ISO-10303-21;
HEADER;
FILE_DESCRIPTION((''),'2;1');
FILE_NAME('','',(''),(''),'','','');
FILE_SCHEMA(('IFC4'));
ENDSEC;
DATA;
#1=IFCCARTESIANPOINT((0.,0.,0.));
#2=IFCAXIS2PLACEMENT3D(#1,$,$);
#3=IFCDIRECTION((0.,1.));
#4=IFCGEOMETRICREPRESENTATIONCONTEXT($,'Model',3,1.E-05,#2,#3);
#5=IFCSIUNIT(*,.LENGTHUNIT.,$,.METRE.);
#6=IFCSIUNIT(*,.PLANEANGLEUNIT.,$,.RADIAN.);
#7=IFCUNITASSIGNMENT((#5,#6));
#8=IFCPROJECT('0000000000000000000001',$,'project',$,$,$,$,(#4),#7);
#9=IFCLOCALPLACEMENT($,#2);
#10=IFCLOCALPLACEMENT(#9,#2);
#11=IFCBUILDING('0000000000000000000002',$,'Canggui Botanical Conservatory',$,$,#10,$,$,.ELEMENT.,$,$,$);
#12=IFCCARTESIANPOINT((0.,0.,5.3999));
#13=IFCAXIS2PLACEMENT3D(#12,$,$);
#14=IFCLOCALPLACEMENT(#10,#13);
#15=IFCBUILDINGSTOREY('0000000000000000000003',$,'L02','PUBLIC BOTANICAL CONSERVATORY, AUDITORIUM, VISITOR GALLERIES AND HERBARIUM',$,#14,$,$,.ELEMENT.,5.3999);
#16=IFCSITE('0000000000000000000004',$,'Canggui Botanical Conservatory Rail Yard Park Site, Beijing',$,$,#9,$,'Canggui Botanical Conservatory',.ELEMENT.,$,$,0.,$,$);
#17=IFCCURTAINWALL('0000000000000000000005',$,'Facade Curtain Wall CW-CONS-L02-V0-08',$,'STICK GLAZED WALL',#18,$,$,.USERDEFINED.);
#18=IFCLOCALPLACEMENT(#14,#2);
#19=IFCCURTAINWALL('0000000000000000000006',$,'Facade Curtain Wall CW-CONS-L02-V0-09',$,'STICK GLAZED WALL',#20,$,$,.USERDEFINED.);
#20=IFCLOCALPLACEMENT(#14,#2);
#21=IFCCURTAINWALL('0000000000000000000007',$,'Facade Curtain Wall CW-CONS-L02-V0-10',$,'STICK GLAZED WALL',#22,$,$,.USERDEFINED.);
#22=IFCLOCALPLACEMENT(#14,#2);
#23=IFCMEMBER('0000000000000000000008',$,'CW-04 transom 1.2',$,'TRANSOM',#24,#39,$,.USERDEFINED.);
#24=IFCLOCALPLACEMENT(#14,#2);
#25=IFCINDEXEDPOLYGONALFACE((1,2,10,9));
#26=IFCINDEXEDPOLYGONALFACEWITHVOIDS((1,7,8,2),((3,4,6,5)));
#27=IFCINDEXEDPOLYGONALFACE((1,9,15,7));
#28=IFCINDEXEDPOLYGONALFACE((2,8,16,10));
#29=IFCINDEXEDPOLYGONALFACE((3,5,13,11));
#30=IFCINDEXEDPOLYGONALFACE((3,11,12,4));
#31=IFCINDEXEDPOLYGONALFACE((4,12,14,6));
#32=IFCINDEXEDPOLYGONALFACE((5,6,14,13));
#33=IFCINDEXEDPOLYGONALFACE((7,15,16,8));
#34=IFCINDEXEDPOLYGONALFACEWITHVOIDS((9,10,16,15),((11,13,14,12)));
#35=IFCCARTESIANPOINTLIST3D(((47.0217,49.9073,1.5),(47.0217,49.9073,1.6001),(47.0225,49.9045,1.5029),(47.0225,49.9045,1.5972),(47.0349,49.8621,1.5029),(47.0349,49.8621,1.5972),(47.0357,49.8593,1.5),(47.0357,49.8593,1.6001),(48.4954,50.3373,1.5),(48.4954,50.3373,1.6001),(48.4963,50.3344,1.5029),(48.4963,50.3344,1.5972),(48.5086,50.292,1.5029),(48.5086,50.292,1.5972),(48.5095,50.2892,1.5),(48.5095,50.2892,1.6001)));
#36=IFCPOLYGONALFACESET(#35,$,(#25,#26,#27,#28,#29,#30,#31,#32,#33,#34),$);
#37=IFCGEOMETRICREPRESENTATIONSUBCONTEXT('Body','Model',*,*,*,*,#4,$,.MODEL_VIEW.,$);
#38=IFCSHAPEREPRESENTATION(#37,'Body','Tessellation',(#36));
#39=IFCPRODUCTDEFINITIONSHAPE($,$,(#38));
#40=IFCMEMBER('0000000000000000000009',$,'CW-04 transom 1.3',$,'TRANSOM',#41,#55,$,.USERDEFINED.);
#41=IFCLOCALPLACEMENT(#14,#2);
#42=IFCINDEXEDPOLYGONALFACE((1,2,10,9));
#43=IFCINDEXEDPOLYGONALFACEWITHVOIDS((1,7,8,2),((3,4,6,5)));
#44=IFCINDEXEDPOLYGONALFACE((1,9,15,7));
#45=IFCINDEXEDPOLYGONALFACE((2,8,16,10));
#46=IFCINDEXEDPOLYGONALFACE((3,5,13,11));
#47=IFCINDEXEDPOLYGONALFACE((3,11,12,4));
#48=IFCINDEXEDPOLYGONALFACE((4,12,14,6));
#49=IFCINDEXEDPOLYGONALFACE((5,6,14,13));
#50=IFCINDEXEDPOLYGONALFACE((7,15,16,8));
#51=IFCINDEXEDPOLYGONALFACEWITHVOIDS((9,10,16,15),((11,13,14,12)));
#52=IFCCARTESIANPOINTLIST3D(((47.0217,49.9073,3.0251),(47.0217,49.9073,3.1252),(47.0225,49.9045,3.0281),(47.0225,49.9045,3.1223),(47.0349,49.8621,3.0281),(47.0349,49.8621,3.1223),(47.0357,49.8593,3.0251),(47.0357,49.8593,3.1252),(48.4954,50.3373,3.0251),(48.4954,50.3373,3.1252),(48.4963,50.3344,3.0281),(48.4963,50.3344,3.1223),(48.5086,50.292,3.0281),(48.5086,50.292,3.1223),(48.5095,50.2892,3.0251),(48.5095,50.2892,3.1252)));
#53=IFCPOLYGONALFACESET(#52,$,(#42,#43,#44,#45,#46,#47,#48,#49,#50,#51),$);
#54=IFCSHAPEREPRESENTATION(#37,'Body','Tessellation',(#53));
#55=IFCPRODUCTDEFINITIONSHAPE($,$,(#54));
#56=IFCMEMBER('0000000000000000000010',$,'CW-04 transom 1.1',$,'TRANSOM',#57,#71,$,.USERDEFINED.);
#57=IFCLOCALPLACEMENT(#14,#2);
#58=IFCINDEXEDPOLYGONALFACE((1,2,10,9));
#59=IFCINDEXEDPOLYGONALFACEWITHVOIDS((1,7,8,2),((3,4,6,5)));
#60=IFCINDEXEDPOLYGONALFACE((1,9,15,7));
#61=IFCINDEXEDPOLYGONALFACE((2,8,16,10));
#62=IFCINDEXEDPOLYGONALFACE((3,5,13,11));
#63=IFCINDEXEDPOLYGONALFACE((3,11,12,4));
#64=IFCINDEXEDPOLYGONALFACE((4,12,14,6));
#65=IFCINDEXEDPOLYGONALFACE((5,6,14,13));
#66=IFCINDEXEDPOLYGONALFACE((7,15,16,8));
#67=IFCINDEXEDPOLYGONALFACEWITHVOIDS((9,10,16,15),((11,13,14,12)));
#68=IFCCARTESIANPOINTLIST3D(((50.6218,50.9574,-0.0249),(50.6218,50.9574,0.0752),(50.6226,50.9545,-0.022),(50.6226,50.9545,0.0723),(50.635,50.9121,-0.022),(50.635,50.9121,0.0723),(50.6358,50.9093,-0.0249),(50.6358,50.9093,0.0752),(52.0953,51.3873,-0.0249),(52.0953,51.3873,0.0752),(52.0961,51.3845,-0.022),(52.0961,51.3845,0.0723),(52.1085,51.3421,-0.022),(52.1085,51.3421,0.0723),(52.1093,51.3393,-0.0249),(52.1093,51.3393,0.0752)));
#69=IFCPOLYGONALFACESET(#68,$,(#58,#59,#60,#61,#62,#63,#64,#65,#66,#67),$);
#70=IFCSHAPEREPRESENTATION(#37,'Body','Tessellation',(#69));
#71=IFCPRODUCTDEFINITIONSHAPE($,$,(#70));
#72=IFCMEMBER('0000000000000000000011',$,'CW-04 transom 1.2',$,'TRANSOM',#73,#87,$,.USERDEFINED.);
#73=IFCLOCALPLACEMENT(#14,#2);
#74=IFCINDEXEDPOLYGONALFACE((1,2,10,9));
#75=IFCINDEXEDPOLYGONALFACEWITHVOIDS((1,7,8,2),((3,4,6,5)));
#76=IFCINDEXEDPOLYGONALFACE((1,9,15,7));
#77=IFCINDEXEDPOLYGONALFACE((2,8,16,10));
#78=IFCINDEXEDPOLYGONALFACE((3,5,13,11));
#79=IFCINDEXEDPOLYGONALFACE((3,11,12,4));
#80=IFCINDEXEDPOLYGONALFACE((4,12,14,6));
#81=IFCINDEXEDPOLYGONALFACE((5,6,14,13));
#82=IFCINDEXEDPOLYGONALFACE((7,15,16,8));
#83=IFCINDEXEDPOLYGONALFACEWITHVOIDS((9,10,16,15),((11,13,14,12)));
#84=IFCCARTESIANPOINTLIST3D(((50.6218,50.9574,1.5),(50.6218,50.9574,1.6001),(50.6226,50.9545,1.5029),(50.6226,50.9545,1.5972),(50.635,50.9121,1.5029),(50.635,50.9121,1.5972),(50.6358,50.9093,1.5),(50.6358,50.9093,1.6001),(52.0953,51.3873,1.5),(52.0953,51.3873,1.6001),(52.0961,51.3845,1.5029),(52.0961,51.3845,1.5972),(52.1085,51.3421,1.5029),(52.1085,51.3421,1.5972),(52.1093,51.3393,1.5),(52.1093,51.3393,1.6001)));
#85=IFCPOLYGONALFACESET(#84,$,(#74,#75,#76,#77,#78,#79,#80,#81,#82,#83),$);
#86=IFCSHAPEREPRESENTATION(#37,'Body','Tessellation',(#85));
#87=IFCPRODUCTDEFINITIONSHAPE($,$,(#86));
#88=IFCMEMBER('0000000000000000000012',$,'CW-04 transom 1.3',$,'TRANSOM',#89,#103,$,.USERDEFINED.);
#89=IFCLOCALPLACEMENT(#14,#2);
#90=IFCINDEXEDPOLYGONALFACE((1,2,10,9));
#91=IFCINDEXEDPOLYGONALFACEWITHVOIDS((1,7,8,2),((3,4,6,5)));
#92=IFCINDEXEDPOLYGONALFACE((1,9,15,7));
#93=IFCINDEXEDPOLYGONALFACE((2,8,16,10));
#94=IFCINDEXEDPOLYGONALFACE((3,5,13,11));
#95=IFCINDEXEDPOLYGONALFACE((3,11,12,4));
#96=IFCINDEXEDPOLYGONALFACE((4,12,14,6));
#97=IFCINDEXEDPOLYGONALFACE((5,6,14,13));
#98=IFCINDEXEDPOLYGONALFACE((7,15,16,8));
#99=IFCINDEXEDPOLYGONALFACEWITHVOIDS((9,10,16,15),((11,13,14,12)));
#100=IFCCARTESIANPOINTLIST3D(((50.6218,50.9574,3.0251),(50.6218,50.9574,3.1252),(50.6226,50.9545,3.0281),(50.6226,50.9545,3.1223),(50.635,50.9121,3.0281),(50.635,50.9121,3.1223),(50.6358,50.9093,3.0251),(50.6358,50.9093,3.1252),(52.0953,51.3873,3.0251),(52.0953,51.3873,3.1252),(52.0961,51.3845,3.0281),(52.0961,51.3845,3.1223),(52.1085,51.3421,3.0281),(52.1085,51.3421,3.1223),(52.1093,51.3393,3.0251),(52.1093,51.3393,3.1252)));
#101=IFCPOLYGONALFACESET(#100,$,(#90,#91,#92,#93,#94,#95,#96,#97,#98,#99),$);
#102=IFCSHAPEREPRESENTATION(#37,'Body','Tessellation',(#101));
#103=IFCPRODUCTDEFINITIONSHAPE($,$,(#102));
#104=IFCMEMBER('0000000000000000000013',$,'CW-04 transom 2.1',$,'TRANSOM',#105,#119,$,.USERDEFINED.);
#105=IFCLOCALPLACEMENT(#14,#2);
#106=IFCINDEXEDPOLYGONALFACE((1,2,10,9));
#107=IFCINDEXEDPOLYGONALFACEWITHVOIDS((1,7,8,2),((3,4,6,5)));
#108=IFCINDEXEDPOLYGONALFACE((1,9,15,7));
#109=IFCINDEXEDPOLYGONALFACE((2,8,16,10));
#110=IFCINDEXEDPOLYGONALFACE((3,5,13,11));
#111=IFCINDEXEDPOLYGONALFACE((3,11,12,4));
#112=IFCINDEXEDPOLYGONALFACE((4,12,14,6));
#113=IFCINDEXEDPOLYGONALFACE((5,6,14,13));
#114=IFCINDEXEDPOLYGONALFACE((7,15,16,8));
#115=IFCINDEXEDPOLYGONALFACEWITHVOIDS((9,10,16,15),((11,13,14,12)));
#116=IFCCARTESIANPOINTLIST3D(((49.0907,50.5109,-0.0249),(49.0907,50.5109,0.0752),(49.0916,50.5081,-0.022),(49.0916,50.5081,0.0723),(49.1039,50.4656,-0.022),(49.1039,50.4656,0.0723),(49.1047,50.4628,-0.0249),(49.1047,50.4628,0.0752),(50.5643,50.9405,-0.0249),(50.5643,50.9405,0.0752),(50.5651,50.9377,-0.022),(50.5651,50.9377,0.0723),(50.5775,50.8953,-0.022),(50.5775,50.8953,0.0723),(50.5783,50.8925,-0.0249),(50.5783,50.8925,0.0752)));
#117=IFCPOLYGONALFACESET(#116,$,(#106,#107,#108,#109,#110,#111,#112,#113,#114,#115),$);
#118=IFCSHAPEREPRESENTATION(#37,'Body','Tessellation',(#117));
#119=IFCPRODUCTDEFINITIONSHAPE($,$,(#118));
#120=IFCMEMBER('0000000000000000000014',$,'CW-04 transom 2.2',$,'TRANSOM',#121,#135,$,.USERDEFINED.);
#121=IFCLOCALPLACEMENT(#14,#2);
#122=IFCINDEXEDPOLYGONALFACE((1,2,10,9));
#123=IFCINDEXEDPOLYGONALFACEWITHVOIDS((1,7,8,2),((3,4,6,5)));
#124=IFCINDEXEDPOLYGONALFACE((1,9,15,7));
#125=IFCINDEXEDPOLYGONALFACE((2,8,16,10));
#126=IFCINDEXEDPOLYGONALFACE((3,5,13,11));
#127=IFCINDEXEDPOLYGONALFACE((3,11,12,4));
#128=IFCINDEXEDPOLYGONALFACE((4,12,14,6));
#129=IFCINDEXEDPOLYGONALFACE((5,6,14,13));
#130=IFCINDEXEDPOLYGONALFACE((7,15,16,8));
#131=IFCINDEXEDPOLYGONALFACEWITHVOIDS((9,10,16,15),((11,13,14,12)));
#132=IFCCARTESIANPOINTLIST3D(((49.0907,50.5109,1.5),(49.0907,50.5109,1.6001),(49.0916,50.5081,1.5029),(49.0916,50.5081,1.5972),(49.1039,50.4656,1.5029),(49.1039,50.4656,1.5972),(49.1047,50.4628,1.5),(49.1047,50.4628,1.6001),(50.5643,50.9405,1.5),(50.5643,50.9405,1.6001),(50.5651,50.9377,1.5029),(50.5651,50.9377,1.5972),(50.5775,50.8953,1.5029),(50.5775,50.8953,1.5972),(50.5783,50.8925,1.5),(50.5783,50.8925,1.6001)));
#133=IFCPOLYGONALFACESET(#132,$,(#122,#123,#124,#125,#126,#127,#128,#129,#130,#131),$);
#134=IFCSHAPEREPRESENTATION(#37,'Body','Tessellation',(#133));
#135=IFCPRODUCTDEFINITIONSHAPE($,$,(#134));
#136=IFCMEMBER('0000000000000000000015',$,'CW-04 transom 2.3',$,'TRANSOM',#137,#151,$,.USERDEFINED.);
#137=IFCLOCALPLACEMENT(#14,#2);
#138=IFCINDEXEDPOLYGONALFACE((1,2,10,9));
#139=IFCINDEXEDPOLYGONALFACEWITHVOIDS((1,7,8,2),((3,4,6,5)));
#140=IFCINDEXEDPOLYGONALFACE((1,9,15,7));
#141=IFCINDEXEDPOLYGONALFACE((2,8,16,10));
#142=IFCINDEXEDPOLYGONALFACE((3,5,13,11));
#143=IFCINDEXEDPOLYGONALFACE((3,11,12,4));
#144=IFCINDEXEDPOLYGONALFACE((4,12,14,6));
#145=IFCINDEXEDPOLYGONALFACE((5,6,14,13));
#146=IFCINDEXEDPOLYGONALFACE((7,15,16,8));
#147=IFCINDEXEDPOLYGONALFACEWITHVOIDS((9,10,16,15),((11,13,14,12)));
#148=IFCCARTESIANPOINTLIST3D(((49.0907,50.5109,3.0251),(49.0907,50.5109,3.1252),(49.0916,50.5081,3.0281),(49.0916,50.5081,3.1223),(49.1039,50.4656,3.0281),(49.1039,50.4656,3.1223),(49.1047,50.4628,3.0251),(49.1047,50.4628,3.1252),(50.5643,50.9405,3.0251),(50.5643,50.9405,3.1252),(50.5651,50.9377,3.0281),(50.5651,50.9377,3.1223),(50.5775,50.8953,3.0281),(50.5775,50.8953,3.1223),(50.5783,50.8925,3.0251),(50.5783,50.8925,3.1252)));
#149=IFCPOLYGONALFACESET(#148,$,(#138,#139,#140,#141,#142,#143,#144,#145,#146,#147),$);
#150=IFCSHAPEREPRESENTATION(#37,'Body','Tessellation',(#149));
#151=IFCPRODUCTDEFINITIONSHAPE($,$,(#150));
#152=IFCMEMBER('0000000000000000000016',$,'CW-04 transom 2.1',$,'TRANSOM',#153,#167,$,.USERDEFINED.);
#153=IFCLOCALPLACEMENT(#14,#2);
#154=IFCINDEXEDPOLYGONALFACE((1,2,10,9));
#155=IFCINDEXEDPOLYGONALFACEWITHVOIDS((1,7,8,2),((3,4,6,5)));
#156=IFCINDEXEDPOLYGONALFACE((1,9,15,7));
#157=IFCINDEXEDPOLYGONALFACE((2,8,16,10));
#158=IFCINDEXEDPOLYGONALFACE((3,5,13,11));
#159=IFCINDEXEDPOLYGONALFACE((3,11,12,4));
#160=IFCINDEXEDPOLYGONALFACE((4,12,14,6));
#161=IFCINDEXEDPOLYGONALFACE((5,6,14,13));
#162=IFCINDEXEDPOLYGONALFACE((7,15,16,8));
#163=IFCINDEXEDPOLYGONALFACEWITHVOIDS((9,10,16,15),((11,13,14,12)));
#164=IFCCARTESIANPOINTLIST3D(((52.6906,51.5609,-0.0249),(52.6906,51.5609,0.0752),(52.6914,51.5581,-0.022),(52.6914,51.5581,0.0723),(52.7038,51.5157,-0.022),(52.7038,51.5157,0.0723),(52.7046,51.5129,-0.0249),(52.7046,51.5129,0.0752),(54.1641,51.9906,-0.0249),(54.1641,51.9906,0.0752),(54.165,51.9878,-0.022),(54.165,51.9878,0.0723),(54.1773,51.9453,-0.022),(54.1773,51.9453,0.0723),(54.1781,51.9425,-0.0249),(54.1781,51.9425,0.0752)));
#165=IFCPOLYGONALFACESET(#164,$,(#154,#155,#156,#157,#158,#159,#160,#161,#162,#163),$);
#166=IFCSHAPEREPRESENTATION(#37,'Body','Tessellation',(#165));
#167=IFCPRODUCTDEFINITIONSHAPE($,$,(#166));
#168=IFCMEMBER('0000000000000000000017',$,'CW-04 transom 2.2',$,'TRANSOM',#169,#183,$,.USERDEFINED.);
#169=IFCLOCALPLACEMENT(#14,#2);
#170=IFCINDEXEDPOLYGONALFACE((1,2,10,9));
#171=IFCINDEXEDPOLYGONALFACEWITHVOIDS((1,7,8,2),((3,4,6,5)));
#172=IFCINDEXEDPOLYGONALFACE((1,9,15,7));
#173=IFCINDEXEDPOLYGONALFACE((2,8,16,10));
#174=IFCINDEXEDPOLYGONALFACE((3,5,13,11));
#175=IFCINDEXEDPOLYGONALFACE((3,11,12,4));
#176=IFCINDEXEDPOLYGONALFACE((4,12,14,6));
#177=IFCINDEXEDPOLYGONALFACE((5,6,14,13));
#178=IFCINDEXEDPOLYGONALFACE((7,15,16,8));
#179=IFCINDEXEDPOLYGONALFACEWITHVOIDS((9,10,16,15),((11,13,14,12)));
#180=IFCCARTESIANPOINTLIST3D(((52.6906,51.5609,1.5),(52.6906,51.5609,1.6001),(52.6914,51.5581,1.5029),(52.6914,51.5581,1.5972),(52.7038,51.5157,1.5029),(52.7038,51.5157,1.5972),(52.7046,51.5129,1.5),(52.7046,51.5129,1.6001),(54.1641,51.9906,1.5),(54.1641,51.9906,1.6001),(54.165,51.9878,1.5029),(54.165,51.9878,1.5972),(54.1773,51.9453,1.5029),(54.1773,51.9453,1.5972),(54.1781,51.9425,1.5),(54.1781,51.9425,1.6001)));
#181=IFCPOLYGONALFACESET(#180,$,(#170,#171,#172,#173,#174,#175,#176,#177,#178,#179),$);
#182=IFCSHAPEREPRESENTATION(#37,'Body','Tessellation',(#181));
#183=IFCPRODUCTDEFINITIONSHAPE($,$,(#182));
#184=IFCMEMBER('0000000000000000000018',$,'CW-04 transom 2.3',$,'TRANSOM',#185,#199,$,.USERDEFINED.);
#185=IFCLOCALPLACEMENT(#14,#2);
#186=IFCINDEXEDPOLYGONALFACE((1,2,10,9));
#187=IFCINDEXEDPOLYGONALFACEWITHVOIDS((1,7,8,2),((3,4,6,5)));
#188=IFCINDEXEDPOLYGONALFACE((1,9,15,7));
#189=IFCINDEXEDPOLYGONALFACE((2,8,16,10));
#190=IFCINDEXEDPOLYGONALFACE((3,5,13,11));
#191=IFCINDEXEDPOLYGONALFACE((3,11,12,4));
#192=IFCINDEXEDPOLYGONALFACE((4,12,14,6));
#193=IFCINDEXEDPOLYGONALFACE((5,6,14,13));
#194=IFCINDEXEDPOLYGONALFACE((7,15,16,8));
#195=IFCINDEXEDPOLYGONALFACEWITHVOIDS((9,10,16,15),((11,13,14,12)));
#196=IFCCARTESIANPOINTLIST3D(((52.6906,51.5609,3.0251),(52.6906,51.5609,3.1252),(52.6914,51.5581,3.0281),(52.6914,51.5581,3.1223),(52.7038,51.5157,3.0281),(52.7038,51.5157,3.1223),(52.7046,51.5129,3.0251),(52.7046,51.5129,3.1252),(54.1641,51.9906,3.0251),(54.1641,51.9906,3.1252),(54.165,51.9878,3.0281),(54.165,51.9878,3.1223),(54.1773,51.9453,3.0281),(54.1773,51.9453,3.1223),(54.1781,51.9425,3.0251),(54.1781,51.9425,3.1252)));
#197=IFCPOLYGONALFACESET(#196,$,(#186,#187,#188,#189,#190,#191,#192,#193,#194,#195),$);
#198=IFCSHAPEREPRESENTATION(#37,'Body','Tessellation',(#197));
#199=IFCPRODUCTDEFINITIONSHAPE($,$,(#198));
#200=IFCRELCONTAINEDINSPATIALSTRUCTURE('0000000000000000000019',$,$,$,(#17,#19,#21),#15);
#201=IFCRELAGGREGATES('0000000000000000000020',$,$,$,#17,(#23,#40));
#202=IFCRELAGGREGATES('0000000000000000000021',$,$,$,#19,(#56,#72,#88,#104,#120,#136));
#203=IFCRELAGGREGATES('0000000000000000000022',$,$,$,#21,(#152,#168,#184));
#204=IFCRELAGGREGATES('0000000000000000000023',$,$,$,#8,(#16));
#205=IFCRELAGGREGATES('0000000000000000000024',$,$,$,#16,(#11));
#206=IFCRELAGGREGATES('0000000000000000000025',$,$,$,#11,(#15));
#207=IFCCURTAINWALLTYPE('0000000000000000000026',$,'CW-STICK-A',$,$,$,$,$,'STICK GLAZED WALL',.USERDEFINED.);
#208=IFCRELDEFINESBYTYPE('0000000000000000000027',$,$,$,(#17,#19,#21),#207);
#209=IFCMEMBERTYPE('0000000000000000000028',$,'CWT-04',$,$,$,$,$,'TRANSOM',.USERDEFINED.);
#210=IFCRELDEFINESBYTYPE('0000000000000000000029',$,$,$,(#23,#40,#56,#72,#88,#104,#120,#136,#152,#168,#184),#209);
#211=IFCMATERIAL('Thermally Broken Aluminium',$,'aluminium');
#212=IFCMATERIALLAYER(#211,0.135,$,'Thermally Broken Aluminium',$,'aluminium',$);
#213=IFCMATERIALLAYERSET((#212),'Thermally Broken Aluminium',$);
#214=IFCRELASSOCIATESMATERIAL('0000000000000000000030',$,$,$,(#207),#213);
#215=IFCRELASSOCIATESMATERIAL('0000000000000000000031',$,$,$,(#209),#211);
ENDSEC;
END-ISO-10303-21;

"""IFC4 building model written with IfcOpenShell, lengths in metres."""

from ifc_helpers import new_model, si_unit, direction, frame, origin, origin_2d, place, context, subcontext, project, spatial, hollow_rectangle, extrude, material, layer, layer_set, material_profile, profile_set, type_object, element, aggregate, save


model = new_model("IFC4")

# Units and contexts
model_context = context("Model", 3, precision=1e-05, world=origin(), true_north=direction((0.0, 1.0)))
body_context = subcontext(model_context, "Body", "Model", "MODEL_VIEW")
ifc_project = project(units=[si_unit("LENGTHUNIT", "METRE"), si_unit("PLANEANGLEUNIT", "RADIAN")], contexts=[model_context])

# Site, building, storey
site_placement = place(None, origin())
site = spatial("IfcSite", under=ifc_project, at=site_placement, Name="Canggui Botanical Conservatory Rail Yard Park Site, Beijing", LongName="Canggui Botanical Conservatory", CompositionType="ELEMENT", RefElevation=0.0)
building_placement = place(site_placement, origin())
building = spatial("IfcBuilding", under=site, at=building_placement, Name="Canggui Botanical Conservatory", CompositionType="ELEMENT")
storey_placement = place(building_placement, frame((0.0, 0.0, 5.3999)))
storey = spatial("IfcBuildingStorey", under=building, at=storey_placement, Name="L02", Description="PUBLIC BOTANICAL CONSERVATORY, AUDITORIUM, VISITOR GALLERIES AND HERBARIUM", CompositionType="ELEMENT", Elevation=5.3999)

# Curtain wall
ifc_material_1 = material(Name="Thermally Broken Aluminium", Category="aluminium")
ifc_layer_1 = layer(ifc_material_1, 0.135, Name="Thermally Broken Aluminium", Category="aluminium")
ifc_layer_set_1 = layer_set([ifc_layer_1], Name="Thermally Broken Aluminium")
curtain_wall_type = type_object("IfcCurtainWallType", Name="CW-STICK-A", ElementType="STICK GLAZED WALL", PredefinedType="USERDEFINED", material=ifc_layer_set_1)
curtain_wall_1_placement = place(storey_placement, origin())
curtain_wall_1 = element("IfcCurtainWall", 1, at=curtain_wall_1_placement, inside=storey, type_object=curtain_wall_type, Name="Facade Curtain Wall CW-CONS-L02-V0-08", ObjectType="STICK GLAZED WALL", PredefinedType="USERDEFINED")

# Curtain walls
curtain_wall_2_placement = place(storey_placement, origin())
curtain_wall_2 = element("IfcCurtainWall", 2, at=curtain_wall_2_placement, inside=storey, type_object=curtain_wall_type, Name="Facade Curtain Wall CW-CONS-L02-V0-09", ObjectType="STICK GLAZED WALL", PredefinedType="USERDEFINED")
curtain_wall_3_placement = place(storey_placement, origin())
curtain_wall_3 = element("IfcCurtainWall", 3, at=curtain_wall_3_placement, inside=storey, type_object=curtain_wall_type, Name="Facade Curtain Wall CW-CONS-L02-V0-10", ObjectType="STICK GLAZED WALL", PredefinedType="USERDEFINED")

# Members
ifc_material_profile_1 = material_profile(ifc_material_1, hollow_rectangle(XDim=0.05, YDim=0.1001, WallThickness=0.0029, at=origin_2d()), Name="CWT 50x100x3")
ifc_profile_set_1 = profile_set([ifc_material_profile_1], Name="Thermally Broken Aluminium")
member_type_1 = type_object("IfcMemberType", Name="CWT-04", ElementType="TRANSOM", PredefinedType="USERDEFINED", material=ifc_profile_set_1)
member_1_placement = place(storey_placement, frame((48.5024, 50.3132, 1.55), z_axis=(-0.959979, -0.280073, 0.0), x_axis=(0.280073, -0.959979, 0.0)))
member_1 = element("IfcMember", 4, at=member_1_placement, type_object=member_type_1, Name="CW-04 transom 1.2", ObjectType="TRANSOM", PredefinedType="USERDEFINED", context=body_context, shape_type="SweptSolid", body=[
    extrude(hollow_rectangle(XDim=0.05, YDim=0.1001, WallThickness=0.0029, at=origin_2d()), origin(), (0.0, 0.0, 1.0), 1.5352),
])
member_2_placement = place(storey_placement, frame((48.5024, 50.3132, 3.0752), z_axis=(-0.959979, -0.280073, 0.0), x_axis=(0.280073, -0.959979, 0.0)))
member_2 = element("IfcMember", 5, at=member_2_placement, type_object=member_type_1, Name="CW-04 transom 1.3", ObjectType="TRANSOM", PredefinedType="USERDEFINED", context=body_context, shape_type="SweptSolid", body=[
    extrude(hollow_rectangle(XDim=0.05, YDim=0.1001, WallThickness=0.0029, at=origin_2d()), origin(), (0.0, 0.0, 1.0), 1.5352),
])
aggregate(curtain_wall_1, [member_1, member_2])
member_3_placement = place(storey_placement, frame((52.1023, 51.3633, 0.0251), z_axis=(-0.959966, -0.280116, 0.0), x_axis=(0.280116, -0.959966, 0.0)))
member_3 = element("IfcMember", 6, at=member_3_placement, type_object=member_type_1, Name="CW-04 transom 1.1", ObjectType="TRANSOM", PredefinedType="USERDEFINED", context=body_context, shape_type="SweptSolid", body=[
    extrude(hollow_rectangle(XDim=0.05, YDim=0.1001, WallThickness=0.0029, at=origin_2d()), origin(), (0.0, 0.0, 1.0), 1.5349),
])
member_4_placement = place(storey_placement, frame((52.1023, 51.3633, 1.55), z_axis=(-0.959966, -0.280116, 0.0), x_axis=(0.280116, -0.959966, 0.0)))
member_4 = element("IfcMember", 7, at=member_4_placement, type_object=member_type_1, Name="CW-04 transom 1.2", ObjectType="TRANSOM", PredefinedType="USERDEFINED", context=body_context, shape_type="SweptSolid", body=[
    extrude(hollow_rectangle(XDim=0.05, YDim=0.1001, WallThickness=0.0029, at=origin_2d()), origin(), (0.0, 0.0, 1.0), 1.5349),
])
member_5_placement = place(storey_placement, frame((52.1023, 51.3633, 3.0752), z_axis=(-0.959966, -0.280116, 0.0), x_axis=(0.280116, -0.959966, 0.0)))
member_5 = element("IfcMember", 8, at=member_5_placement, type_object=member_type_1, Name="CW-04 transom 1.3", ObjectType="TRANSOM", PredefinedType="USERDEFINED", context=body_context, shape_type="SweptSolid", body=[
    extrude(hollow_rectangle(XDim=0.05, YDim=0.1001, WallThickness=0.0029, at=origin_2d()), origin(), (0.0, 0.0, 1.0), 1.5349),
])
member_6_placement = place(storey_placement, frame((50.5713, 50.9165, 0.0251), z_axis=(-0.960021, -0.279927, 0.0), x_axis=(0.279927, -0.960021, 0.0)))
member_6 = element("IfcMember", 9, at=member_6_placement, type_object=member_type_1, Name="CW-04 transom 2.1", ObjectType="TRANSOM", PredefinedType="USERDEFINED", context=body_context, shape_type="SweptSolid", body=[
    extrude(hollow_rectangle(XDim=0.05, YDim=0.1001, WallThickness=0.0029, at=origin_2d()), origin(), (0.0, 0.0, 1.0), 1.5349),
])
member_7_placement = place(storey_placement, frame((50.5713, 50.9165, 1.55), z_axis=(-0.960021, -0.279927, 0.0), x_axis=(0.279927, -0.960021, 0.0)))
member_7 = element("IfcMember", 10, at=member_7_placement, type_object=member_type_1, Name="CW-04 transom 2.2", ObjectType="TRANSOM", PredefinedType="USERDEFINED", context=body_context, shape_type="SweptSolid", body=[
    extrude(hollow_rectangle(XDim=0.05, YDim=0.1001, WallThickness=0.0029, at=origin_2d()), origin(), (0.0, 0.0, 1.0), 1.5349),
])
member_8_placement = place(storey_placement, frame((50.5713, 50.9165, 3.0752), z_axis=(-0.960021, -0.279927, 0.0), x_axis=(0.279927, -0.960021, 0.0)))
member_8 = element("IfcMember", 11, at=member_8_placement, type_object=member_type_1, Name="CW-04 transom 2.3", ObjectType="TRANSOM", PredefinedType="USERDEFINED", context=body_context, shape_type="SweptSolid", body=[
    extrude(hollow_rectangle(XDim=0.05, YDim=0.1001, WallThickness=0.0029, at=origin_2d()), origin(), (0.0, 0.0, 1.0), 1.5349),
])
member_9_placement = place(storey_placement, frame((54.1711, 51.9666, 0.0251), z_axis=(-0.960021, -0.279927, 0.0), x_axis=(0.279927, -0.960021, 0.0)))
member_9 = element("IfcMember", 12, at=member_9_placement, type_object=member_type_1, Name="CW-04 transom 2.1", ObjectType="TRANSOM", PredefinedType="USERDEFINED", context=body_context, shape_type="SweptSolid", body=[
    extrude(hollow_rectangle(XDim=0.05, YDim=0.1001, WallThickness=0.0029, at=origin_2d()), origin(), (0.0, 0.0, 1.0), 1.5349),
])
member_10_placement = place(storey_placement, frame((54.1711, 51.9666, 1.55), z_axis=(-0.960021, -0.279927, 0.0), x_axis=(0.279927, -0.960021, 0.0)))
member_10 = element("IfcMember", 13, at=member_10_placement, type_object=member_type_1, Name="CW-04 transom 2.2", ObjectType="TRANSOM", PredefinedType="USERDEFINED", context=body_context, shape_type="SweptSolid", body=[
    extrude(hollow_rectangle(XDim=0.05, YDim=0.1001, WallThickness=0.0029, at=origin_2d()), origin(), (0.0, 0.0, 1.0), 1.5349),
])
member_11_placement = place(storey_placement, frame((54.1711, 51.9666, 3.0752), z_axis=(-0.960021, -0.279927, 0.0), x_axis=(0.279927, -0.960021, 0.0)))
member_11 = element("IfcMember", 14, at=member_11_placement, type_object=member_type_1, Name="CW-04 transom 2.3", ObjectType="TRANSOM", PredefinedType="USERDEFINED", context=body_context, shape_type="SweptSolid", body=[
    extrude(hollow_rectangle(XDim=0.05, YDim=0.1001, WallThickness=0.0029, at=origin_2d()), origin(), (0.0, 0.0, 1.0), 1.5349),
])

aggregate(curtain_wall_2, [member_3, member_4, member_5, member_6, member_7, member_8])
aggregate(curtain_wall_3, [member_9, member_10, member_11])

save(model, "model.ifc")
